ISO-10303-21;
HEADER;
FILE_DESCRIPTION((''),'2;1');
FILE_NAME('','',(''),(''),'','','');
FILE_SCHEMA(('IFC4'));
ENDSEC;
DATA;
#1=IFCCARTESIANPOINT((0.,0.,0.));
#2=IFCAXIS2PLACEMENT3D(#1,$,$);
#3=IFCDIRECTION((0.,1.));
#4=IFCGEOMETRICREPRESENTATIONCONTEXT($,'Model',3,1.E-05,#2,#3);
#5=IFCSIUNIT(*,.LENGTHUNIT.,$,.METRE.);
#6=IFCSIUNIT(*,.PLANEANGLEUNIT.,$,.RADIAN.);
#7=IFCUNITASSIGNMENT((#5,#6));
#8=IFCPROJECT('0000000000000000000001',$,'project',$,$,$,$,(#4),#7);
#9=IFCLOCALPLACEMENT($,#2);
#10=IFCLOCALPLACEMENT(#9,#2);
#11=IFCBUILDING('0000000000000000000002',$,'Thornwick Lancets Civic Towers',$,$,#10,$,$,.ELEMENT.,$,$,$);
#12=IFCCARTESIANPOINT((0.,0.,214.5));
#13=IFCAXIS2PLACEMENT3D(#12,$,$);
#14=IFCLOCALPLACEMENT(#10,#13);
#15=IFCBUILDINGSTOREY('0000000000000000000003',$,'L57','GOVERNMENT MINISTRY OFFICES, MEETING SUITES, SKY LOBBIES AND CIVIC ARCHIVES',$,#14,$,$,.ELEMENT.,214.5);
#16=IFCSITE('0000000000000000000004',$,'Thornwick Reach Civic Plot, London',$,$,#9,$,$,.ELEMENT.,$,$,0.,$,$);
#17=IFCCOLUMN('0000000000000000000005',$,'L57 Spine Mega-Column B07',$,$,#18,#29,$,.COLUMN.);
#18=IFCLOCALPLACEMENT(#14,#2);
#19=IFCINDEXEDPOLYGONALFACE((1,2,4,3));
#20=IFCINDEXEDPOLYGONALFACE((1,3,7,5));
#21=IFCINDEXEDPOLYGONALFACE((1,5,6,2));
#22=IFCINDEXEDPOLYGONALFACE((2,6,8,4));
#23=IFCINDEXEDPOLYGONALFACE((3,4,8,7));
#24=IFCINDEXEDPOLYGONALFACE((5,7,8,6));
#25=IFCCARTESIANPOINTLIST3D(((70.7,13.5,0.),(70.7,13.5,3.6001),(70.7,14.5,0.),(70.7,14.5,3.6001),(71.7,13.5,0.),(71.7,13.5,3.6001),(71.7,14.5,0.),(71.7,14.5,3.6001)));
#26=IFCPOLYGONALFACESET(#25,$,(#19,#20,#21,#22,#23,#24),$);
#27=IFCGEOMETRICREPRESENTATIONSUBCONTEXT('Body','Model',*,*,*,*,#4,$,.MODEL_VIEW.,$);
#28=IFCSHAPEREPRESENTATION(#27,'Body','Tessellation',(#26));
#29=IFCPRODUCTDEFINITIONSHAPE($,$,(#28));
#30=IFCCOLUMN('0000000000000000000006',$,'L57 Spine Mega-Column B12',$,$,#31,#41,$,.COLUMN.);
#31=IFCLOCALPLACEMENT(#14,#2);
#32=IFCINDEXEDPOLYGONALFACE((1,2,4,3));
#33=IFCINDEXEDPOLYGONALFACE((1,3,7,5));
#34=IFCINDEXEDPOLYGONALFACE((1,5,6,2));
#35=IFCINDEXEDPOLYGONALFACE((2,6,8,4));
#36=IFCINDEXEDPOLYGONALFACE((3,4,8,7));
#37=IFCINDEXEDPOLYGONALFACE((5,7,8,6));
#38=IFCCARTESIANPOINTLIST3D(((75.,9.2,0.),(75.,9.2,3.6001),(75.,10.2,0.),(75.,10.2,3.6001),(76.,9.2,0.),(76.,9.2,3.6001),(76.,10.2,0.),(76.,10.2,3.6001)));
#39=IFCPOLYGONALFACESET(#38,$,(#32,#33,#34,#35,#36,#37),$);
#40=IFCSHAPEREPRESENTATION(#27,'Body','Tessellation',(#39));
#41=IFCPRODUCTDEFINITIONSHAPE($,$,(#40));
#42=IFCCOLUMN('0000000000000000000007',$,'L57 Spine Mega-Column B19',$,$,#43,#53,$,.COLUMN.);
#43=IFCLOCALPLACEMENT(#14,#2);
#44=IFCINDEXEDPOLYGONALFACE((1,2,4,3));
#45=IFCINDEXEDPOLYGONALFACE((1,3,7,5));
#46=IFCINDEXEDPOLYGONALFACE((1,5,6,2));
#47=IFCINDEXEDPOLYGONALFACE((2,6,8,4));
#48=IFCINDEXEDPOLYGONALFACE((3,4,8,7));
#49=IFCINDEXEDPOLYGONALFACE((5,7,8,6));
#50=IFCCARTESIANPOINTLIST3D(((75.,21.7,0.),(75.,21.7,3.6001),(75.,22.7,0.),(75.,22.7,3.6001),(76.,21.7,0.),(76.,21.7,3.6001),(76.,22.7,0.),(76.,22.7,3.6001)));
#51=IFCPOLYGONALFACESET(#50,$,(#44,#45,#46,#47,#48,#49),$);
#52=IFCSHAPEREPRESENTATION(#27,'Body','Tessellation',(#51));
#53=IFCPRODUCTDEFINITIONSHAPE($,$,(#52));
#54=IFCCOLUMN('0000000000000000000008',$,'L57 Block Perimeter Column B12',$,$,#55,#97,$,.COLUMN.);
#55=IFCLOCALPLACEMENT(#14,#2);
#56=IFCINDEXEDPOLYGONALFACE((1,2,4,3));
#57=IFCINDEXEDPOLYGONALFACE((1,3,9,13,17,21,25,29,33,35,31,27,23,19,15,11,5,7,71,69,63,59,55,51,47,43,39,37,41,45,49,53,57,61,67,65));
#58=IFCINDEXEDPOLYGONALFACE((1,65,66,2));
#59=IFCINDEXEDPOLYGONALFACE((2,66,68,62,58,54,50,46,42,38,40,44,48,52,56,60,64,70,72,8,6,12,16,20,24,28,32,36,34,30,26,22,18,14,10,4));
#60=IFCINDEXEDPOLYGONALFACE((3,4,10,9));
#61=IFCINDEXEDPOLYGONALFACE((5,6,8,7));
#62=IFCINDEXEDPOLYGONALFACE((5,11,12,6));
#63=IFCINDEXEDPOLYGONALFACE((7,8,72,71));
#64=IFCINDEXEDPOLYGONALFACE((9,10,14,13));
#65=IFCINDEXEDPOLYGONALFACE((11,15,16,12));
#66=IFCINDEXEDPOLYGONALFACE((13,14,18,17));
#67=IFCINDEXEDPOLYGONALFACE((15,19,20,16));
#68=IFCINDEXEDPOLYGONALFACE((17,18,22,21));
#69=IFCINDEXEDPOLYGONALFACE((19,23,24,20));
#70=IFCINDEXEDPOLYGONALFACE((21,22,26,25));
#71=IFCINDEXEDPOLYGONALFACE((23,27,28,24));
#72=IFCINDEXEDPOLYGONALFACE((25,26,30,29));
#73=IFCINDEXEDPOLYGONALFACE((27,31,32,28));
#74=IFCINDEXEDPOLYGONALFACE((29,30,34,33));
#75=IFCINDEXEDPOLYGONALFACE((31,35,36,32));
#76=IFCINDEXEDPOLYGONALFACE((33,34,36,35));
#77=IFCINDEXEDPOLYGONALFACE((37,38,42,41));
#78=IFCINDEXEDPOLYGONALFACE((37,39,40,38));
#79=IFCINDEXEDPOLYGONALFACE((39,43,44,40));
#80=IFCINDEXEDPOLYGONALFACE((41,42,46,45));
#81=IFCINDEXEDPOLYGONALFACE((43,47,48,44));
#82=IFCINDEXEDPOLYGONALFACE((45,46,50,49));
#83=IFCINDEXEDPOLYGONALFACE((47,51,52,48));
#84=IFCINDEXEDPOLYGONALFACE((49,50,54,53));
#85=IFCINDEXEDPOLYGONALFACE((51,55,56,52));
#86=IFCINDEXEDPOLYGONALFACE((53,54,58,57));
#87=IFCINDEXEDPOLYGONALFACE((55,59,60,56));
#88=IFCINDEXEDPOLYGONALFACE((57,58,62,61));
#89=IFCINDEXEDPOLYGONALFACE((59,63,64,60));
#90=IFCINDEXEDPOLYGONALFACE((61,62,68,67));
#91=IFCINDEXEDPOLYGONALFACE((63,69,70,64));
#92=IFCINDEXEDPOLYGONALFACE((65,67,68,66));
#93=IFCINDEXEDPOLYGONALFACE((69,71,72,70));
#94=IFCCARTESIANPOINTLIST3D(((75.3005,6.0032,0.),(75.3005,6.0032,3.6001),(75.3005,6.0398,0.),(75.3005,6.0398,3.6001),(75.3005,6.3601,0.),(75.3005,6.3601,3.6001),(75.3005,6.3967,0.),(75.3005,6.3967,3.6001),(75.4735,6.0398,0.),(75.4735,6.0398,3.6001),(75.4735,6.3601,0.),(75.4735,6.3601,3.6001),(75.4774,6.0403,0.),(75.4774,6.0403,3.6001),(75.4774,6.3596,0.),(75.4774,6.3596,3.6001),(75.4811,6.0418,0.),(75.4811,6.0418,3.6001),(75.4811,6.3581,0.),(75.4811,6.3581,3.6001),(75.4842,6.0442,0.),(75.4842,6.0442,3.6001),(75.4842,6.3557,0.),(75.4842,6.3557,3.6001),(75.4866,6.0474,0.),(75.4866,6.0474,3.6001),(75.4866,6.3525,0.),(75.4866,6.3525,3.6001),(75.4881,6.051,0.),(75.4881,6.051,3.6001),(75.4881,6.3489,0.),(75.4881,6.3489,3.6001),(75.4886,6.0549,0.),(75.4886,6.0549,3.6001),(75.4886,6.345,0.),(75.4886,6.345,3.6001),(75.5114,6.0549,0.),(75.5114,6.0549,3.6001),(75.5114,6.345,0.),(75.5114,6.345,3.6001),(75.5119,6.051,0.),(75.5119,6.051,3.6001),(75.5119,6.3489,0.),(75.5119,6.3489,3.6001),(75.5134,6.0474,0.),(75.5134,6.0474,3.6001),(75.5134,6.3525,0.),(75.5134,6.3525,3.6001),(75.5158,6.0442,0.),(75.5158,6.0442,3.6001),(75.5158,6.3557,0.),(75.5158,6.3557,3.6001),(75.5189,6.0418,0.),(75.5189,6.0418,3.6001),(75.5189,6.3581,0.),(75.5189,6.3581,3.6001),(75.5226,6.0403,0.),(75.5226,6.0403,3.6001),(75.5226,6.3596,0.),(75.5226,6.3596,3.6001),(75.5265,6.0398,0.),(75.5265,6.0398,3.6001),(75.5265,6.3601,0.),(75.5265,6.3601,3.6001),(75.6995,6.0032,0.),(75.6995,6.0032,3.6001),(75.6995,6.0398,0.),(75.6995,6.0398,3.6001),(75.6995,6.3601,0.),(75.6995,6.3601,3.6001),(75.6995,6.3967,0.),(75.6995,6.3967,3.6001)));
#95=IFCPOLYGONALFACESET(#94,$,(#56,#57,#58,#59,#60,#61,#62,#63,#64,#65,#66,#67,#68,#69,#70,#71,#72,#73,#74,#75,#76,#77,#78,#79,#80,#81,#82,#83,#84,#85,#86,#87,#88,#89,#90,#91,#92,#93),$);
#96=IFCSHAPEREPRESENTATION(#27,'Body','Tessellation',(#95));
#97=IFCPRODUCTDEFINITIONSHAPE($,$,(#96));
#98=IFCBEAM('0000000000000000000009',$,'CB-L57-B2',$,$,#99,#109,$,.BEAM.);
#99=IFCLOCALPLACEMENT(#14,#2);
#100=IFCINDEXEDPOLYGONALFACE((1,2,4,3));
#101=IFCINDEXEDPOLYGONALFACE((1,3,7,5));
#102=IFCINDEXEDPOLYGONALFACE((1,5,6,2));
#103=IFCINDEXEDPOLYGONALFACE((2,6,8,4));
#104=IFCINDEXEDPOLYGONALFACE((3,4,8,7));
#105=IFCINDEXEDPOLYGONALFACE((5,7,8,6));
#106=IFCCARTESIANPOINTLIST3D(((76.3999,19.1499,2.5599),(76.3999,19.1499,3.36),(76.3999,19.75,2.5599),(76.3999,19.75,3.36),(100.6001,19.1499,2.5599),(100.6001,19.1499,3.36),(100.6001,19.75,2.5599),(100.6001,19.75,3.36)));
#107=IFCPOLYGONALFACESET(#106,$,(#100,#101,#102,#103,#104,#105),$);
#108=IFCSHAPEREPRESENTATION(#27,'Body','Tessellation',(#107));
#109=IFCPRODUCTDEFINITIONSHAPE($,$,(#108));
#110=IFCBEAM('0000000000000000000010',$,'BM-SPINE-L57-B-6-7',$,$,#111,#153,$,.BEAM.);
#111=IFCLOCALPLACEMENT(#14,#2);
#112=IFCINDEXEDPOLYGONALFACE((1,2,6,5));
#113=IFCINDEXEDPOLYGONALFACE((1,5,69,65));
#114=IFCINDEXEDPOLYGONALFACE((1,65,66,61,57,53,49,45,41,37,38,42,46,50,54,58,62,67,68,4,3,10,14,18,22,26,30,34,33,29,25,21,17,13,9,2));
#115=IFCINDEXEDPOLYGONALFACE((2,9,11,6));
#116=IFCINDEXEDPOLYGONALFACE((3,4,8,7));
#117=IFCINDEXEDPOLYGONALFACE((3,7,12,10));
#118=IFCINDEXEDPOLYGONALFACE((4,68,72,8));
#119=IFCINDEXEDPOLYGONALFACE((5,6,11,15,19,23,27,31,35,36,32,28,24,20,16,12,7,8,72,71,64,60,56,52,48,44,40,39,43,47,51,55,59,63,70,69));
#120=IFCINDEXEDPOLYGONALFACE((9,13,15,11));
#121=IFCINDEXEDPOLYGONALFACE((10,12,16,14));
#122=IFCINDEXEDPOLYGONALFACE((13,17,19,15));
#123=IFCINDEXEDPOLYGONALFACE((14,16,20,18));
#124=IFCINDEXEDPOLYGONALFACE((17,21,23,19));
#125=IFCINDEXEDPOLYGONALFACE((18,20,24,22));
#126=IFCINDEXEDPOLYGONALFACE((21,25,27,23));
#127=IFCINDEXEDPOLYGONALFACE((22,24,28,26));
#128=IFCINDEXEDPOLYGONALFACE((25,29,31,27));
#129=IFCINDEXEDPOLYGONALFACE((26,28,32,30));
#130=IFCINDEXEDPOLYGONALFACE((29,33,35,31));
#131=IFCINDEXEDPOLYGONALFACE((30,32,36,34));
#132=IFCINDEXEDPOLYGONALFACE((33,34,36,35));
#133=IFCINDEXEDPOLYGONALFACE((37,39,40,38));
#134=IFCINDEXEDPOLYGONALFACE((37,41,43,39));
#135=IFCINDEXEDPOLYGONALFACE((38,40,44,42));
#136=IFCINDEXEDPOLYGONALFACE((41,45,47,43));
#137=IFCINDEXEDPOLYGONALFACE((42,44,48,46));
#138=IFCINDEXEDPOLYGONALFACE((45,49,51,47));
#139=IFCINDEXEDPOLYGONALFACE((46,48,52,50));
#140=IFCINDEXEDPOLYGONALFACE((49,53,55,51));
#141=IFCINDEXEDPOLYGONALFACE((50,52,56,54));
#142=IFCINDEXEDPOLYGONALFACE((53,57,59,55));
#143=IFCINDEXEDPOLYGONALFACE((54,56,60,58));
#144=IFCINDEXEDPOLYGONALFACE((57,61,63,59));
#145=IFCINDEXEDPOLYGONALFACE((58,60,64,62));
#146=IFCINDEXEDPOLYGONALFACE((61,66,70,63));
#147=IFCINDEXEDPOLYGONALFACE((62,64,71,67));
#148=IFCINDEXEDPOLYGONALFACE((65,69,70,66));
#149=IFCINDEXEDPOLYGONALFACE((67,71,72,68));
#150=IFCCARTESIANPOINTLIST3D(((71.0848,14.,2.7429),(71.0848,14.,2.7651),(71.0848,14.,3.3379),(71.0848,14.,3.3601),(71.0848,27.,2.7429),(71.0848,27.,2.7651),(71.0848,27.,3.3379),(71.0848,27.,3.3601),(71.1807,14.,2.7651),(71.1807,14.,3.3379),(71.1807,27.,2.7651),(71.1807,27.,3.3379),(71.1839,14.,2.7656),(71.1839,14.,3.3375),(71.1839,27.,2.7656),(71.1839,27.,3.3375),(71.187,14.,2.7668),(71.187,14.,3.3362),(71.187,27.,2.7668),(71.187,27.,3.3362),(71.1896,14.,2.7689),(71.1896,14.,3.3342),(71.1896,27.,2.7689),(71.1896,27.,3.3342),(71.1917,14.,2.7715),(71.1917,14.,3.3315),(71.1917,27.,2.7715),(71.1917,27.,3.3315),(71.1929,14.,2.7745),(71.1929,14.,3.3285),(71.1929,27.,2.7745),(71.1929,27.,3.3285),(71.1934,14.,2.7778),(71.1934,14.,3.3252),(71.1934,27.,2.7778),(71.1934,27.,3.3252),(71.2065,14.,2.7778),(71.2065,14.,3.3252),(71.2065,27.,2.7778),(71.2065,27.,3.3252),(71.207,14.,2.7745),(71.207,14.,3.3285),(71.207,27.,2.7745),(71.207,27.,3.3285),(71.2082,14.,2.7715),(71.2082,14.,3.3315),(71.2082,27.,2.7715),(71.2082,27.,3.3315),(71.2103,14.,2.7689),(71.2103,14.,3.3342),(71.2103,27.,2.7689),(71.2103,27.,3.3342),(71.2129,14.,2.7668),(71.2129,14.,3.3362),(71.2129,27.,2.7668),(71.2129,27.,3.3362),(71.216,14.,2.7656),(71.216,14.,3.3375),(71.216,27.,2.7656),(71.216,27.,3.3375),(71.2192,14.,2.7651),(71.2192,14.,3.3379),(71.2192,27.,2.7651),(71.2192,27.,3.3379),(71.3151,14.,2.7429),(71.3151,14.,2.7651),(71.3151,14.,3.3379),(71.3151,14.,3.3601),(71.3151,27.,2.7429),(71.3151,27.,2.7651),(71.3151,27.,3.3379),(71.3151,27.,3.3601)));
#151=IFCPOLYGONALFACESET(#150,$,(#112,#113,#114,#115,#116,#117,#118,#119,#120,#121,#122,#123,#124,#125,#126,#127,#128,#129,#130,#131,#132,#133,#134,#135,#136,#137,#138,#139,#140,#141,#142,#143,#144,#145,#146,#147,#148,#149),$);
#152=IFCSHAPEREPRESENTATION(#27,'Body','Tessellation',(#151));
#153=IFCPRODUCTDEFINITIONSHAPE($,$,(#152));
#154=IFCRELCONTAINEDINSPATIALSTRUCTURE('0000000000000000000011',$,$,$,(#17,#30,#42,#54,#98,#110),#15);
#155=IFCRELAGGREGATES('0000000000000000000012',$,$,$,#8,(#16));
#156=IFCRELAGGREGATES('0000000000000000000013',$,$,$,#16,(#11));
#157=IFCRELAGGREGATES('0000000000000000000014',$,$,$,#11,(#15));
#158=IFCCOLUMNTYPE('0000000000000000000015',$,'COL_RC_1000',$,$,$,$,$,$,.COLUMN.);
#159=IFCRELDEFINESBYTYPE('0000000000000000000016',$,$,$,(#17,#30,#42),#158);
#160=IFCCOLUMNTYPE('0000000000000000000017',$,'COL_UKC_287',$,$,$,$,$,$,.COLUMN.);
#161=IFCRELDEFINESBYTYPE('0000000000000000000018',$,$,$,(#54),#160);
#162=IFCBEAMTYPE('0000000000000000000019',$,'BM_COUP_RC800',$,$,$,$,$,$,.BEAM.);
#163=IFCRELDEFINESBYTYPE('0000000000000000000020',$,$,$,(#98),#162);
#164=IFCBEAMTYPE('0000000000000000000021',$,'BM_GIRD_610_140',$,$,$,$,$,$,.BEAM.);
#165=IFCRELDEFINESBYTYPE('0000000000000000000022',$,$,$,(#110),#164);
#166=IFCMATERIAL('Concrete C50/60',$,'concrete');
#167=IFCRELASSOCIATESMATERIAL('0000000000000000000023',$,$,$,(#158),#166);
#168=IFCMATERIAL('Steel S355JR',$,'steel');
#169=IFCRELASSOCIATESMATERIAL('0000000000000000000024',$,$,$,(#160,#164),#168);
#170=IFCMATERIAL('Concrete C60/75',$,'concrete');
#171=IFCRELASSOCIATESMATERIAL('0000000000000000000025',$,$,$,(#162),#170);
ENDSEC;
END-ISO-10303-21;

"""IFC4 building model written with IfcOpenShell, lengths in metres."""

from ifc_helpers import new_model, si_unit, direction, frame, origin, origin_2d, place, context, subcontext, project, spatial, rectangle, i_section, extrude, material, material_profile, profile_set, type_object, element, save


model = new_model("IFC4")

# Units and contexts
model_context = context("Model", 3, precision=1e-05, world=origin(), true_north=direction((0.0, 1.0)))
body_context = subcontext(model_context, "Body", "Model", "MODEL_VIEW")
ifc_project = project(units=[si_unit("LENGTHUNIT", "METRE"), si_unit("PLANEANGLEUNIT", "RADIAN")], contexts=[model_context])

# Site, building, storey
site_placement = place(None, origin())
site = spatial("IfcSite", under=ifc_project, at=site_placement, Name="Thornwick Reach Civic Plot, London", CompositionType="ELEMENT", RefElevation=0.0)
building_placement = place(site_placement, origin())
building = spatial("IfcBuilding", under=site, at=building_placement, Name="Thornwick Lancets Civic Towers", CompositionType="ELEMENT")
storey_placement = place(building_placement, frame((0.0, 0.0, 214.5)))
storey = spatial("IfcBuildingStorey", under=building, at=storey_placement, Name="L57", Description="GOVERNMENT MINISTRY OFFICES, MEETING SUITES, SKY LOBBIES AND CIVIC ARCHIVES", CompositionType="ELEMENT", Elevation=214.5)

# Columns
ifc_material_1 = material(Name="Concrete C50/60", Category="concrete")
ifc_material_profile_1 = material_profile(ifc_material_1, rectangle(XDim=1.0, YDim=1.0, at=origin_2d()), Name="RC 1000x1000")
ifc_profile_set_1 = profile_set([ifc_material_profile_1], Name="Concrete C50/60")
column_type_1 = type_object("IfcColumnType", Name="COL_RC_1000", PredefinedType="COLUMN", material=ifc_profile_set_1)
for number, where, z_axis, x_axis, name in (
    (1, (71.2, 14.0, 0.0), (0.0, 0.0, 1.0), (1.0, 0.0, 0.0), "L57 Spine Mega-Column B07"),
    (2, (75.5, 9.7, 0.0), (0.0, 0.0, 1.0), (1.0, 0.0, 0.0), "L57 Spine Mega-Column B12"),
    (3, (75.5, 22.2, 0.0), (0.0, 0.0, 1.0), (1.0, 0.0, 0.0), "L57 Spine Mega-Column B19"),
):
    element("IfcColumn", number, at=place(storey_placement, frame(where, z_axis=z_axis, x_axis=x_axis)), inside=storey, type_object=column_type_1, Name=name, PredefinedType="COLUMN", context=body_context, shape_type="SweptSolid", body=[
        extrude(rectangle(XDim=1.0, YDim=1.0, at=origin_2d()), origin(), (0.0, 0.0, 1.0), 3.6001),
    ])
ifc_material_2 = material(Name="Steel S355JR", Category="steel")
ifc_material_profile_2 = material_profile(ifc_material_2, i_section(OverallWidth=0.3989, OverallDepth=0.3936, WebThickness=0.0227, FlangeThickness=0.0366, FilletRadius=0.0151, at=origin_2d()), Name="UKC 356x406x287")
ifc_profile_set_2 = profile_set([ifc_material_profile_2], Name="Steel S355JR")
column_type_2 = type_object("IfcColumnType", Name="COL_UKC_287", PredefinedType="COLUMN", material=ifc_profile_set_2)
column_placement = place(storey_placement, frame((75.5, 6.2, 0.0), z_axis=(0.0, 0.0, 1.0), x_axis=(1.0, 0.0, 0.0)))
element("IfcColumn", 4, at=column_placement, inside=storey, type_object=column_type_2, Name="L57 Block Perimeter Column B12", PredefinedType="COLUMN", context=body_context, shape_type="SweptSolid", body=[
    extrude(i_section(OverallWidth=0.3989, OverallDepth=0.3936, WebThickness=0.0227, FlangeThickness=0.0366, FilletRadius=0.0151, at=origin_2d()), origin(), (0.0, 0.0, 1.0), 3.6001),
])

# Beams
ifc_material_3 = material(Name="Concrete C60/75", Category="concrete")
ifc_material_profile_3 = material_profile(ifc_material_3, rectangle(XDim=0.6001, YDim=0.8, at=origin_2d()), Name="RC 600x800")
ifc_profile_set_3 = profile_set([ifc_material_profile_3], Name="Concrete C60/75")
beam_type_1 = type_object("IfcBeamType", Name="BM_COUP_RC800", PredefinedType="BEAM", material=ifc_profile_set_3)
beam_1_placement = place(storey_placement, frame((76.3999, 19.45, 2.96), z_axis=(1.0, 0.0, 0.0), x_axis=(0.0, 1.0, 0.0)))
element("IfcBeam", 5, at=beam_1_placement, inside=storey, type_object=beam_type_1, Name="CB-L57-B2", PredefinedType="BEAM", context=body_context, shape_type="SweptSolid", body=[
    extrude(rectangle(XDim=0.6001, YDim=0.8, at=origin_2d()), origin(), (0.0, 0.0, 1.0), 24.2002),
])
ifc_material_profile_4 = material_profile(ifc_material_2, i_section(OverallWidth=0.2302, OverallDepth=0.6172, WebThickness=0.0132, FlangeThickness=0.0222, FilletRadius=0.0127, at=origin_2d()), Name="UKB 610x229x140")
ifc_profile_set_4 = profile_set([ifc_material_profile_4], Name="Steel S355JR")
beam_type_2 = type_object("IfcBeamType", Name="BM_GIRD_610_140", PredefinedType="BEAM", material=ifc_profile_set_4)
beam_2_placement = place(storey_placement, frame((71.2, 14.0, 3.0515), z_axis=(0.0, 1.0, 0.0), x_axis=(-1.0, 0.0, 0.0)))
element("IfcBeam", 6, at=beam_2_placement, inside=storey, type_object=beam_type_2, Name="BM-SPINE-L57-B-6-7", PredefinedType="BEAM", context=body_context, shape_type="SweptSolid", body=[
    extrude(i_section(OverallWidth=0.2302, OverallDepth=0.6172, WebThickness=0.0132, FlangeThickness=0.0222, FilletRadius=0.0127, at=origin_2d()), origin(), (0.0, 0.0, 1.0), 13.0),
])

save(model, "model.ifc")
